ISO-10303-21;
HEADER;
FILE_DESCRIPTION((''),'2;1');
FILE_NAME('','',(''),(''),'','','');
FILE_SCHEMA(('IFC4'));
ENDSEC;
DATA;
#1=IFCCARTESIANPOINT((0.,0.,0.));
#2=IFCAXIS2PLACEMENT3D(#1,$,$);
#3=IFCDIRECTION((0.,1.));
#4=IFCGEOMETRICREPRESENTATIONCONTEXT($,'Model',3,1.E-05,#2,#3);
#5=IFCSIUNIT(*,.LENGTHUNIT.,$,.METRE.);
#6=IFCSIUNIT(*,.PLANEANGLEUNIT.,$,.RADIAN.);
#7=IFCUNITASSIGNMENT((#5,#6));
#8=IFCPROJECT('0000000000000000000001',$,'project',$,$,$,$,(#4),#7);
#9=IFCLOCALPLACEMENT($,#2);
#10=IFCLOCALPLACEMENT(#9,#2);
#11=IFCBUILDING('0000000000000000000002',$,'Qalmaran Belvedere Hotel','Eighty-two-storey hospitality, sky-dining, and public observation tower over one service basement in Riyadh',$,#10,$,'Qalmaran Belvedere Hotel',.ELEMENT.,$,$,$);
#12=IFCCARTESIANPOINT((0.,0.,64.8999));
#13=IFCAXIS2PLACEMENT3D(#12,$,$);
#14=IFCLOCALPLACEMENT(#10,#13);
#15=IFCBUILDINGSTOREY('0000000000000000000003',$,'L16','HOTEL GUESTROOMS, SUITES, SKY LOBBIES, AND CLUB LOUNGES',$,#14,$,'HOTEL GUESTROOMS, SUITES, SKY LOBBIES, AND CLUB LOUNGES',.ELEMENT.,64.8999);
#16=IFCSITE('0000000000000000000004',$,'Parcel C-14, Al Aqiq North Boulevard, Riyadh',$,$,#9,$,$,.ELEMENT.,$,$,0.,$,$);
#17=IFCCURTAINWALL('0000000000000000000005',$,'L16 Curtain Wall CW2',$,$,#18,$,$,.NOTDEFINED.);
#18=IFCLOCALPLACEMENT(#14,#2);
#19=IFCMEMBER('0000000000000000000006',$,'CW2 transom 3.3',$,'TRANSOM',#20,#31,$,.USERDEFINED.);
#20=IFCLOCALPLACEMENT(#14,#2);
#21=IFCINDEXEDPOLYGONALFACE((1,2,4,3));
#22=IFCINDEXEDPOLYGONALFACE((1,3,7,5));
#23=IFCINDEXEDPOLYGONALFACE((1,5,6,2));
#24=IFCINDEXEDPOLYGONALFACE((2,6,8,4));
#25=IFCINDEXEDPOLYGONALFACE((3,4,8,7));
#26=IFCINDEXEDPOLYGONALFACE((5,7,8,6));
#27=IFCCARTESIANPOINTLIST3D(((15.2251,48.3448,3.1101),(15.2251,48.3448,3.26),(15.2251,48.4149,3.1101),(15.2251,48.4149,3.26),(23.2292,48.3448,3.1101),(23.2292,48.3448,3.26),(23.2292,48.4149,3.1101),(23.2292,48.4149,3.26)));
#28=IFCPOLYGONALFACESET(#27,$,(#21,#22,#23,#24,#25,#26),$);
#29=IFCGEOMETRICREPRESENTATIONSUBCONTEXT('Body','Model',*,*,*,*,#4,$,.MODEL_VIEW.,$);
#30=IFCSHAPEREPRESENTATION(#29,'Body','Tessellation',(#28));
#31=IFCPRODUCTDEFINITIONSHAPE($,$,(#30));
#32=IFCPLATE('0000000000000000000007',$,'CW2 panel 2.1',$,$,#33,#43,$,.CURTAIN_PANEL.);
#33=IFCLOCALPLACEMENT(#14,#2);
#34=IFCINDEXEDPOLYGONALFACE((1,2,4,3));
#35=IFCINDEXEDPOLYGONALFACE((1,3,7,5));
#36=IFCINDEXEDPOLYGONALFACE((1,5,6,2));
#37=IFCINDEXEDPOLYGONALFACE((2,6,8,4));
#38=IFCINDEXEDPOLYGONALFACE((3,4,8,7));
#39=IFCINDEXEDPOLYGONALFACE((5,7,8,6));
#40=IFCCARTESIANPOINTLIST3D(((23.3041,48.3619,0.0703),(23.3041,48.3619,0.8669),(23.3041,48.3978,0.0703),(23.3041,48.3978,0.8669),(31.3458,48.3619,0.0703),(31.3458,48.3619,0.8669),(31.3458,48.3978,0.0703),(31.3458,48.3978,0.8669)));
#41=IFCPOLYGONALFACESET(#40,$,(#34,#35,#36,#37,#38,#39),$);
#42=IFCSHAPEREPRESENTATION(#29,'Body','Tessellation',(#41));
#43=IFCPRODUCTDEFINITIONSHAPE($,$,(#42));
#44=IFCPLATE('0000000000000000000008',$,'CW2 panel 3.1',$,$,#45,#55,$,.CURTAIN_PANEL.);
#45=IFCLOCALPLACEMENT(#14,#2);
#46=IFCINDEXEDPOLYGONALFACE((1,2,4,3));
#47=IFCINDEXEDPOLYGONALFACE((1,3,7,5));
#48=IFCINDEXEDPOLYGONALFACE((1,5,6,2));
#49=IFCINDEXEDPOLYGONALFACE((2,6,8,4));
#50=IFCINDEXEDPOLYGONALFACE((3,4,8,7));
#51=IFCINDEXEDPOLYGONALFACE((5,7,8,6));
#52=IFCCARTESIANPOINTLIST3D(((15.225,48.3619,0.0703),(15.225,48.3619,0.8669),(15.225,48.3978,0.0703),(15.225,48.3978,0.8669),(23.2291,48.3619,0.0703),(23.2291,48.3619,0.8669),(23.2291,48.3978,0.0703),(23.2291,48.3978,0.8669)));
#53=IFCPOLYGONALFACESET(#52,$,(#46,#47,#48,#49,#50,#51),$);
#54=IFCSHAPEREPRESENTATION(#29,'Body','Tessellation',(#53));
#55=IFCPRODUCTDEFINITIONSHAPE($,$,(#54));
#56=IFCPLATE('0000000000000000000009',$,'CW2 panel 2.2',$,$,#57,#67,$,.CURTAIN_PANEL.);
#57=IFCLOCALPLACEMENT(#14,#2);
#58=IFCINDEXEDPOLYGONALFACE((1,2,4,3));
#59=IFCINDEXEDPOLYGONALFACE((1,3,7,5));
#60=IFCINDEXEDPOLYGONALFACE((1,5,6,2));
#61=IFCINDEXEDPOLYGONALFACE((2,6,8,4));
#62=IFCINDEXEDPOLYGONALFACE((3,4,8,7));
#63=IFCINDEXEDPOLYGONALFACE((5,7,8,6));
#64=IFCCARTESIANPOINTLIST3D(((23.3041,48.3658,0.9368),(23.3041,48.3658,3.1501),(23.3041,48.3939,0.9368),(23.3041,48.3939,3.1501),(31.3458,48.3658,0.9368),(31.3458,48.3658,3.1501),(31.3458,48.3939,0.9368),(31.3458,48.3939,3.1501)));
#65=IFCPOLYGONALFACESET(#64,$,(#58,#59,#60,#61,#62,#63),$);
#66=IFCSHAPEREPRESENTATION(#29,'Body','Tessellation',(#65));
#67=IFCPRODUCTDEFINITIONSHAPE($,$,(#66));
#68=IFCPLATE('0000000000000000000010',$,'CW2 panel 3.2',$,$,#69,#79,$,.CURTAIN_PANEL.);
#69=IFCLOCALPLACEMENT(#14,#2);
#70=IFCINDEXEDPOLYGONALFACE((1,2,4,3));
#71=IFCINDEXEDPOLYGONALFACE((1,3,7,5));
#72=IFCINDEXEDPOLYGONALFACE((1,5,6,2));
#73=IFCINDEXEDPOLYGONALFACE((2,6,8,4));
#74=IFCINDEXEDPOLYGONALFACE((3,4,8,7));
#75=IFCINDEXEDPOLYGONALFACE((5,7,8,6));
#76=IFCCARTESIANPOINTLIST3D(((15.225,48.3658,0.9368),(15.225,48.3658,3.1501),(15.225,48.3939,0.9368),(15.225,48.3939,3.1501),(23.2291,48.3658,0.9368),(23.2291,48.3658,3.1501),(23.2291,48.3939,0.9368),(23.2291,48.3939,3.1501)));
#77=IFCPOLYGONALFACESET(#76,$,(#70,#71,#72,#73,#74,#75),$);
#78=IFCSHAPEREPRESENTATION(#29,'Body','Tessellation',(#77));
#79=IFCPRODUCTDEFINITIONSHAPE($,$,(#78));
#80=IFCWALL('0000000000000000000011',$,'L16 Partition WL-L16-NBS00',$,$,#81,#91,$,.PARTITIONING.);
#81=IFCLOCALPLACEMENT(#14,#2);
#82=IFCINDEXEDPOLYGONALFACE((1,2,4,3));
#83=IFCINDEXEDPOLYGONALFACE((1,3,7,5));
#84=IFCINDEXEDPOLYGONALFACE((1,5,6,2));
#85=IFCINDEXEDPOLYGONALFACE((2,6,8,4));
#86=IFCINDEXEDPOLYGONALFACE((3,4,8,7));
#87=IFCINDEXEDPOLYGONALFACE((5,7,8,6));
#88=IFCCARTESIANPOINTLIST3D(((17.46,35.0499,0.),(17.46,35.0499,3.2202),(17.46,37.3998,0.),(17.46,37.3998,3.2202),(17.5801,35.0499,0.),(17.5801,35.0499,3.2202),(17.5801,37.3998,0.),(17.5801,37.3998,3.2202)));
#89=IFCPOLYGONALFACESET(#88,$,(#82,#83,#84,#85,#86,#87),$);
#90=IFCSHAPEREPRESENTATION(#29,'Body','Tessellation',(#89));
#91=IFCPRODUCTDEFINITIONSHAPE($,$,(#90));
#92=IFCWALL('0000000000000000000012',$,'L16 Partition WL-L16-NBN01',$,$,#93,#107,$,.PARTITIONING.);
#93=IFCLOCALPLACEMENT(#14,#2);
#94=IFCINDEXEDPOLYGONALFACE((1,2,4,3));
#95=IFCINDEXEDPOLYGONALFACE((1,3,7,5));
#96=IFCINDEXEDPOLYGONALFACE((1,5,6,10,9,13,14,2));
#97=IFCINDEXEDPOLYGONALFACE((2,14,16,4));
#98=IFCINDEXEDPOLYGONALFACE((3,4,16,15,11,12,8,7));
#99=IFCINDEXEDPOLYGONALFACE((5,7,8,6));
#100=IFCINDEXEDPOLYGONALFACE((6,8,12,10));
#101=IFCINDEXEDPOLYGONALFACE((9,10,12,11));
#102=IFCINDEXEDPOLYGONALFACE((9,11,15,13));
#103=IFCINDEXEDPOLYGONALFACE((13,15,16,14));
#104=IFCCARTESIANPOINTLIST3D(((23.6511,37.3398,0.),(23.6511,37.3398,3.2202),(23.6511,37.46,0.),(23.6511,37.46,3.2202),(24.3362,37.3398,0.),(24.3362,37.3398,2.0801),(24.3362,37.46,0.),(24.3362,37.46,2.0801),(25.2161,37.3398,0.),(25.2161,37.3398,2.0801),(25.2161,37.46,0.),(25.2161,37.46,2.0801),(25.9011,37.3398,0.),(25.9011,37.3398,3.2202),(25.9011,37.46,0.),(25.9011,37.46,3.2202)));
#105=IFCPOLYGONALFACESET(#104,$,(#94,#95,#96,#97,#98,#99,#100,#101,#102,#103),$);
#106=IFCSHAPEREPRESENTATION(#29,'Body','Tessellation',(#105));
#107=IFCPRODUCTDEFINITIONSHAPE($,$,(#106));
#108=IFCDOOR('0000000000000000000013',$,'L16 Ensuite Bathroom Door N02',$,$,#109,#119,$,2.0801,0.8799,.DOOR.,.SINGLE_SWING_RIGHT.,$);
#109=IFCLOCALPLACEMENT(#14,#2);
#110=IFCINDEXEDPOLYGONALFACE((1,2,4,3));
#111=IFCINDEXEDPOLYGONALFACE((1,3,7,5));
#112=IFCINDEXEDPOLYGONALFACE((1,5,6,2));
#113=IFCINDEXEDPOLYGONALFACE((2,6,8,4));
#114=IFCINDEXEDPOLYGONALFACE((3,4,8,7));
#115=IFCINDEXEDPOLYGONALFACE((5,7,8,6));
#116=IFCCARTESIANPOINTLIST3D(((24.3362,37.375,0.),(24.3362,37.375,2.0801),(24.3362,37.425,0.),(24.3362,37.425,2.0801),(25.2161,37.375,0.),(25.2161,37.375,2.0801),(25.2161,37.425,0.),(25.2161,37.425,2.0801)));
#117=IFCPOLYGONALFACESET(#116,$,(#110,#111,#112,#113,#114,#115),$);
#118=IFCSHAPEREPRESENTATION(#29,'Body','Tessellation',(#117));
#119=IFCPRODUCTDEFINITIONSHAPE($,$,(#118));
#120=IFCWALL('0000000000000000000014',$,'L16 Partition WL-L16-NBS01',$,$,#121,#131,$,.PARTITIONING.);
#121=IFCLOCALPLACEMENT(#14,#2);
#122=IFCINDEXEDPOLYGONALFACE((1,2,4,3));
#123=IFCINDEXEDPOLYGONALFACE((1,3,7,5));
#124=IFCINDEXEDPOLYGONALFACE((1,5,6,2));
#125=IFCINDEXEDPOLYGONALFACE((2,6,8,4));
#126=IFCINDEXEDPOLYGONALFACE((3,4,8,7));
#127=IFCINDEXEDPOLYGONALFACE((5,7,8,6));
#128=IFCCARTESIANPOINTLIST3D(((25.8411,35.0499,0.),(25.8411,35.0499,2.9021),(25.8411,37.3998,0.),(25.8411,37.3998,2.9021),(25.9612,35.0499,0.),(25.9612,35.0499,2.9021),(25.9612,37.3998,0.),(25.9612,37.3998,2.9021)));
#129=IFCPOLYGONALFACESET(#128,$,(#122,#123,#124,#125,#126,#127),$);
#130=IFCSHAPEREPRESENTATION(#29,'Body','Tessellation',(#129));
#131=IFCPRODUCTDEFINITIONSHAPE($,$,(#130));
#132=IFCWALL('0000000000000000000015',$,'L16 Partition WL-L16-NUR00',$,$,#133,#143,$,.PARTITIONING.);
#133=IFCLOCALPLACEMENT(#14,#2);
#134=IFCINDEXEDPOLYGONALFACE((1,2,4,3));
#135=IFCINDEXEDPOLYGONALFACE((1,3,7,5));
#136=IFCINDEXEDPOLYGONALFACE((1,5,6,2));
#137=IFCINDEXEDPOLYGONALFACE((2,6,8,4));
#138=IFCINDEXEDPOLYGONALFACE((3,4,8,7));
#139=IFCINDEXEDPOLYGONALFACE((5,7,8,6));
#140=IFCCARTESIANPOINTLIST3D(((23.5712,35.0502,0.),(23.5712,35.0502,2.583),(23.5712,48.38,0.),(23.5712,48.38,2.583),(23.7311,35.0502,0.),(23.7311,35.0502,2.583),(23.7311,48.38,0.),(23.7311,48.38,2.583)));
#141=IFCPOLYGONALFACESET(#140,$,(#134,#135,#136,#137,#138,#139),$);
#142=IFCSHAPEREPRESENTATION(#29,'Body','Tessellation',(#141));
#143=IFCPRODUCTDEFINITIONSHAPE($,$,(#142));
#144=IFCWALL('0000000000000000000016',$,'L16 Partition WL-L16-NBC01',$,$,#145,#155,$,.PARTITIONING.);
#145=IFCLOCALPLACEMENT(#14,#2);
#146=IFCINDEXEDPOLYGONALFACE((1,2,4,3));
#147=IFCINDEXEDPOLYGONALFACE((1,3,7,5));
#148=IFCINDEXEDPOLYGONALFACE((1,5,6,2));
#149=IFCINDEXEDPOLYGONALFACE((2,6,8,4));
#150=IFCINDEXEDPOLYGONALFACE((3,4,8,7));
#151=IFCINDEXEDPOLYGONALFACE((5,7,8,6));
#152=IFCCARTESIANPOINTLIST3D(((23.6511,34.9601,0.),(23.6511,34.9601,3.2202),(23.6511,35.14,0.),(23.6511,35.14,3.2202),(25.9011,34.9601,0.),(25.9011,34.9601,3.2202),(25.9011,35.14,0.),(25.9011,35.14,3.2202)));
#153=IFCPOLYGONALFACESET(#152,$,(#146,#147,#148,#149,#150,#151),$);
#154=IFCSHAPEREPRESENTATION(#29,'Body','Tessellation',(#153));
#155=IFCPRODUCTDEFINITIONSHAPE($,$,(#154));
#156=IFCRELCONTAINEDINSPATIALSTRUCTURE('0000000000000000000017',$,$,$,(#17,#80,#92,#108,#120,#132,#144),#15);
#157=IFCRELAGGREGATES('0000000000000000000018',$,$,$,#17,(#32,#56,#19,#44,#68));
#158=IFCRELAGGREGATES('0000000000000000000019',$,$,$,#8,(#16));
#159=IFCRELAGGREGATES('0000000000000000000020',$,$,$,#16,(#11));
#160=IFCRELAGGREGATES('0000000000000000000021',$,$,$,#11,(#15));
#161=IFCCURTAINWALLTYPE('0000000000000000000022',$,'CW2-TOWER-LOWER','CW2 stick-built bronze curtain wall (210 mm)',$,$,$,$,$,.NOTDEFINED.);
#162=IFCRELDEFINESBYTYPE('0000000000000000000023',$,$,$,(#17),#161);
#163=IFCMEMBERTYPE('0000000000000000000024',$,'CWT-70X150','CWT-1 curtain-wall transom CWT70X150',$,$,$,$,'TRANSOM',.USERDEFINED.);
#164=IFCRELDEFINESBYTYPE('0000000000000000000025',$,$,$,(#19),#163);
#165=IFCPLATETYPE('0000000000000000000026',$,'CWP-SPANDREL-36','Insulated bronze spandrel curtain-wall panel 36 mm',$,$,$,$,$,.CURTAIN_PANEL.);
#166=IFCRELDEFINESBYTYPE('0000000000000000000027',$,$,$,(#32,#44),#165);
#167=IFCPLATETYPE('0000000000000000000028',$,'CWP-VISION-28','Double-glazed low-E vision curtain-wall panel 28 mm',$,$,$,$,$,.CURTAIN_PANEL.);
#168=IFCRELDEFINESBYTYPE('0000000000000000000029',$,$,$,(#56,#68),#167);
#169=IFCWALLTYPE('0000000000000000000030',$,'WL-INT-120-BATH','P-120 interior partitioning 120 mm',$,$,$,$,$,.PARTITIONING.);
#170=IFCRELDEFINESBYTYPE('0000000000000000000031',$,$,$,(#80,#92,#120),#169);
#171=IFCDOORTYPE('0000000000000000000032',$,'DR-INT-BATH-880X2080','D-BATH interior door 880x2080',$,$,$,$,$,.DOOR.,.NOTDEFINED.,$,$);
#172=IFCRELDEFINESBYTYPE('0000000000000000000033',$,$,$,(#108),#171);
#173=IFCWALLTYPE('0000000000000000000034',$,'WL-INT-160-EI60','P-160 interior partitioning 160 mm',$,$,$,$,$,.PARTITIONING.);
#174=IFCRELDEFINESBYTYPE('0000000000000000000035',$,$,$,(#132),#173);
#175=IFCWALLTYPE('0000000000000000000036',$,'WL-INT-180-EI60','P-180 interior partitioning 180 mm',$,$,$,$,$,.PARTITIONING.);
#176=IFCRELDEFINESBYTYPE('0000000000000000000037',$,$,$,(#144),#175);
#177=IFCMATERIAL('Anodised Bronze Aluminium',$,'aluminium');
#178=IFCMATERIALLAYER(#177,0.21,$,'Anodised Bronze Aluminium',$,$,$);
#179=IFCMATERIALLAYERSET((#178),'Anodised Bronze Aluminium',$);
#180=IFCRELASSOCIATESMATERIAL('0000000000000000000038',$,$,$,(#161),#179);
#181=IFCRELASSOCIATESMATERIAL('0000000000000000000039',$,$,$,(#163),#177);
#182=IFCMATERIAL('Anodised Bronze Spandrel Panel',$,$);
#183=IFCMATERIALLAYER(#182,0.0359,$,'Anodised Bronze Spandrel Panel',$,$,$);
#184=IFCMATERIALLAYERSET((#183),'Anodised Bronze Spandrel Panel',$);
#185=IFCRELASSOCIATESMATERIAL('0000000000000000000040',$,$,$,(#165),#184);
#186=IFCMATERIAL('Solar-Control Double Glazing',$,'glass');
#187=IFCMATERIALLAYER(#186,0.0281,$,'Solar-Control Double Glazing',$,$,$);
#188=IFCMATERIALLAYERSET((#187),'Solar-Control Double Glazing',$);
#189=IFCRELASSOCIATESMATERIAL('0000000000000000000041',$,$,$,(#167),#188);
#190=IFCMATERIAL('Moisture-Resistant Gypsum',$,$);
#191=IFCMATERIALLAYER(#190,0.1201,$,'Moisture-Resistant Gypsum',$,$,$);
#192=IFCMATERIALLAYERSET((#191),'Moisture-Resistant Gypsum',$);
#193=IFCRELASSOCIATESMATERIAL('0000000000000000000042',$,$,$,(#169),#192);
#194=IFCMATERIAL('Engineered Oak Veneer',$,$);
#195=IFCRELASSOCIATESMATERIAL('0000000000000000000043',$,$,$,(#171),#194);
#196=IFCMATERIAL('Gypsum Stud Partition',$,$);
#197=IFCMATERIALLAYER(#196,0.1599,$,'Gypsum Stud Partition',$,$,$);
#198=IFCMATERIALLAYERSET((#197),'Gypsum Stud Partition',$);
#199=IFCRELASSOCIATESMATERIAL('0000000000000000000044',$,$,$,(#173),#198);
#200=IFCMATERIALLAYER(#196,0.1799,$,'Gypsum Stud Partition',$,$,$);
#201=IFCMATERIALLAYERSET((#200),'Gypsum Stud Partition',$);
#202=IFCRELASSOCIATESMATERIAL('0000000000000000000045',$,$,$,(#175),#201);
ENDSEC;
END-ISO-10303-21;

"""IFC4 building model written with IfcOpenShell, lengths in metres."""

from ifc_helpers import new_model, si_unit, direction, frame, frame_2d, origin, origin_2d, place, context, subcontext, project, spatial, rectangle, extrude, material, layer, layer_set, material_profile, profile_set, type_object, element, fill, aggregate, save


model = new_model("IFC4")

# Units and contexts
model_context = context("Model", 3, precision=1e-05, world=origin(), true_north=direction((0.0, 1.0)))
body_context = subcontext(model_context, "Body", "Model", "MODEL_VIEW")
ifc_project = project(units=[si_unit("LENGTHUNIT", "METRE"), si_unit("PLANEANGLEUNIT", "RADIAN")], contexts=[model_context])

# Site, building, storey
site_placement = place(None, origin())
site = spatial("IfcSite", under=ifc_project, at=site_placement, Name="Parcel C-14, Al Aqiq North Boulevard, Riyadh", CompositionType="ELEMENT", RefElevation=0.0)
building_placement = place(site_placement, origin())
building = spatial("IfcBuilding", under=site, at=building_placement, Name="Qalmaran Belvedere Hotel", Description="Eighty-two-storey hospitality, sky-dining, and public observation tower over one service basement in Riyadh", LongName="Qalmaran Belvedere Hotel", CompositionType="ELEMENT")
storey_placement = place(building_placement, frame((0.0, 0.0, 64.8999)))
storey = spatial("IfcBuildingStorey", under=building, at=storey_placement, Name="L16", Description="HOTEL GUESTROOMS, SUITES, SKY LOBBIES, AND CLUB LOUNGES", LongName="HOTEL GUESTROOMS, SUITES, SKY LOBBIES, AND CLUB LOUNGES", CompositionType="ELEMENT", Elevation=64.8999)

# Curtain wall, member, plates
ifc_material_1 = material(Name="Anodised Bronze Aluminium", Category="aluminium")
ifc_layer_1 = layer(ifc_material_1, 0.21, Name="Anodised Bronze Aluminium")
ifc_layer_set_1 = layer_set([ifc_layer_1], Name="Anodised Bronze Aluminium")
curtain_wall_type = type_object("IfcCurtainWallType", Name="CW2-TOWER-LOWER", Description="CW2 stick-built bronze curtain wall (210 mm)", PredefinedType="NOTDEFINED", material=ifc_layer_set_1)
curtain_wall_placement = place(storey_placement, origin())
curtain_wall = element("IfcCurtainWall", 1, at=curtain_wall_placement, inside=storey, type_object=curtain_wall_type, Name="L16 Curtain Wall CW2", PredefinedType="NOTDEFINED")
ifc_material_profile_1 = material_profile(ifc_material_1, rectangle(XDim=0.0701, YDim=0.1499, at=origin_2d()), Name="CWT70X150")
ifc_profile_set_1 = profile_set([ifc_material_profile_1], Name="Anodised Bronze Aluminium")
member_type_1 = type_object("IfcMemberType", Name="CWT-70X150", Description="CWT-1 curtain-wall transom CWT70X150", ElementType="TRANSOM", PredefinedType="USERDEFINED", material=ifc_profile_set_1)
member_1_placement = place(storey_placement, frame((23.2292, 48.3799, 3.1851), z_axis=(-1.0, 0.0, 0.0), x_axis=(0.0, -1.0, 0.0)))
member_1 = element("IfcMember", 2, at=member_1_placement, type_object=member_type_1, Name="CW2 transom 3.3", ObjectType="TRANSOM", PredefinedType="USERDEFINED", context=body_context, shape_type="SweptSolid", body=[
    extrude(rectangle(XDim=0.0701, YDim=0.1499, at=origin_2d()), origin(), (0.0, 0.0, 1.0), 8.0042),
])
ifc_material_2 = material(Name="Anodised Bronze Spandrel Panel")
ifc_layer_2 = layer(ifc_material_2, 0.0359, Name="Anodised Bronze Spandrel Panel")
ifc_layer_set_2 = layer_set([ifc_layer_2], Name="Anodised Bronze Spandrel Panel")
plate_type_1 = type_object("IfcPlateType", Name="CWP-SPANDREL-36", Description="Insulated bronze spandrel curtain-wall panel 36 mm", PredefinedType="CURTAIN_PANEL", material=ifc_layer_set_2)
plate_1_placement = place(storey_placement, frame((27.325, 48.3799, 0.0703), z_axis=(0.0, 0.0, 1.0), x_axis=(-1.0, 0.0, 0.0)))
plate_1 = element("IfcPlate", 3, at=plate_1_placement, type_object=plate_type_1, Name="CW2 panel 2.1", PredefinedType="CURTAIN_PANEL", context=body_context, shape_type="SweptSolid", body=[
    extrude(rectangle(XDim=8.0417, YDim=0.0359, at=origin_2d()), origin(), (0.0, 0.0, 1.0), 0.7966),
])
plate_2_placement = place(storey_placement, frame((19.2271, 48.3799, 0.0703), z_axis=(0.0, 0.0, 1.0), x_axis=(-1.0, 0.0, 0.0)))
plate_2 = element("IfcPlate", 4, at=plate_2_placement, type_object=plate_type_1, Name="CW2 panel 3.1", PredefinedType="CURTAIN_PANEL", context=body_context, shape_type="SweptSolid", body=[
    extrude(rectangle(XDim=8.0042, YDim=0.0359, at=origin_2d()), origin(), (0.0, 0.0, 1.0), 0.7966),
])
ifc_material_3 = material(Name="Solar-Control Double Glazing", Category="glass")
ifc_layer_3 = layer(ifc_material_3, 0.0281, Name="Solar-Control Double Glazing")
ifc_layer_set_3 = layer_set([ifc_layer_3], Name="Solar-Control Double Glazing")
plate_type_2 = type_object("IfcPlateType", Name="CWP-VISION-28", Description="Double-glazed low-E vision curtain-wall panel 28 mm", PredefinedType="CURTAIN_PANEL", material=ifc_layer_set_3)
plate_3_placement = place(storey_placement, frame((27.325, 48.3799, 0.9368), z_axis=(0.0, 0.0, 1.0), x_axis=(-1.0, 0.0, 0.0)))
plate_3 = element("IfcPlate", 5, at=plate_3_placement, type_object=plate_type_2, Name="CW2 panel 2.2", PredefinedType="CURTAIN_PANEL", context=body_context, shape_type="SweptSolid", body=[
    extrude(rectangle(XDim=8.0417, YDim=0.0281, at=origin_2d()), origin(), (0.0, 0.0, 1.0), 2.2134),
])
plate_4_placement = place(storey_placement, frame((19.2271, 48.3799, 0.9368), z_axis=(0.0, 0.0, 1.0), x_axis=(-1.0, 0.0, 0.0)))
plate_4 = element("IfcPlate", 6, at=plate_4_placement, type_object=plate_type_2, Name="CW2 panel 3.2", PredefinedType="CURTAIN_PANEL", context=body_context, shape_type="SweptSolid", body=[
    extrude(rectangle(XDim=8.0042, YDim=0.0281, at=origin_2d()), origin(), (0.0, 0.0, 1.0), 2.2134),
])
aggregate(curtain_wall, [plate_1, plate_3, member_1, plate_2, plate_4])

# Wall
ifc_material_4 = material(Name="Moisture-Resistant Gypsum")
ifc_layer_4 = layer(ifc_material_4, 0.1201, Name="Moisture-Resistant Gypsum")
ifc_layer_set_4 = layer_set([ifc_layer_4], Name="Moisture-Resistant Gypsum")
wall_type_1 = type_object("IfcWallType", Name="WL-INT-120-BATH", Description="P-120 interior partitioning 120 mm", PredefinedType="PARTITIONING", material=ifc_layer_set_4)
wall_1_placement = place(storey_placement, frame((17.52, 35.05, 0.0), z_axis=(0.0, 0.0, 1.0), x_axis=(0.0, 1.0, 0.0)))
element("IfcWall", 7, at=wall_1_placement, inside=storey, type_object=wall_type_1, Name="L16 Partition WL-L16-NBS00", PredefinedType="PARTITIONING", context=body_context, shape_type="SweptSolid", body=[
    extrude(rectangle(XDim=2.3499, YDim=0.1201, at=frame_2d((1.1748, 0.0))), origin(), (0.0, 0.0, 1.0), 3.2202),
])

# Wall, opening, door
wall_2_placement = place(storey_placement, frame((23.6511, 37.3999, 0.0), z_axis=(0.0, 0.0, 1.0), x_axis=(1.0, 0.0, 0.0)))
wall_2 = element("IfcWall", 8, at=wall_2_placement, inside=storey, type_object=wall_type_1, Name="L16 Partition WL-L16-NBN01", PredefinedType="PARTITIONING", context=body_context, shape_type="SweptSolid", body=[
    extrude(rectangle(XDim=2.25, YDim=0.1201, at=frame_2d((1.125, 0.0))), origin(), (0.0, 0.0, 1.0), 3.2202),
])
opening_1_placement = place(wall_2_placement, frame((1.5649, 0.0, 0.0), z_axis=(0.0, 0.0, 1.0), x_axis=(-1.0, 0.0, 0.0)))
opening_1 = element("IfcOpeningElement", 9, at=opening_1_placement, cuts=wall_2, PredefinedType="OPENING", context=body_context, shape_type="SweptSolid", body=[
    extrude(rectangle(XDim=0.8799, YDim=2.0801, at=frame_2d((0.4399, 1.04))), frame((0.0, 0.0701, 0.0), z_axis=(0.0, -1.0, 0.0), x_axis=(1.0, 0.0, 0.0)), (0.0, 0.0, 1.0), 0.1401),
])
ifc_material_5 = material(Name="Engineered Oak Veneer")
door_type_1 = type_object("IfcDoorType", Name="DR-INT-BATH-880X2080", Description="D-BATH interior door 880x2080", OperationType="NOTDEFINED", PredefinedType="DOOR", material=ifc_material_5)
door_1_placement = place(opening_1_placement, origin())
door_1 = element("IfcDoor", 10, at=door_1_placement, inside=storey, type_object=door_type_1, Name="L16 Ensuite Bathroom Door N02", OperationType="SINGLE_SWING_RIGHT", OverallHeight=2.0801, OverallWidth=0.8799, PredefinedType="DOOR", context=body_context, shape_type="SweptSolid", body=[
    extrude(rectangle(XDim=0.8799, YDim=2.0801, at=frame_2d((0.4399, 1.04))), frame((0.0, 0.0249, 0.0), z_axis=(0.0, -1.0, 0.0), x_axis=(1.0, 0.0, 0.0)), (0.0, 0.0, 1.0), 0.05),
])
fill(opening_1, door_1)

# Walls
wall_3_placement = place(storey_placement, frame((25.9011, 35.05, 0.0), z_axis=(0.0, 0.0, 1.0), x_axis=(0.0, 1.0, 0.0)))
element("IfcWall", 11, at=wall_3_placement, inside=storey, type_object=wall_type_1, Name="L16 Partition WL-L16-NBS01", PredefinedType="PARTITIONING", context=body_context, shape_type="SweptSolid", body=[
    extrude(rectangle(XDim=2.3499, YDim=0.1201, at=frame_2d((1.1748, 0.0))), origin(), (0.0, 0.0, 1.0), 2.9021),
])
ifc_material_6 = material(Name="Gypsum Stud Partition")
ifc_layer_5 = layer(ifc_material_6, 0.1599, Name="Gypsum Stud Partition")
ifc_layer_set_5 = layer_set([ifc_layer_5], Name="Gypsum Stud Partition")
wall_type_2 = type_object("IfcWallType", Name="WL-INT-160-EI60", Description="P-160 interior partitioning 160 mm", PredefinedType="PARTITIONING", material=ifc_layer_set_5)
wall_4_placement = place(storey_placement, frame((23.6511, 35.05, 0.0), z_axis=(0.0, 0.0, 1.0), x_axis=(0.0, 1.0, 0.0)))
element("IfcWall", 12, at=wall_4_placement, inside=storey, type_object=wall_type_2, Name="L16 Partition WL-L16-NUR00", PredefinedType="PARTITIONING", context=body_context, shape_type="SweptSolid", body=[
    extrude(rectangle(XDim=13.3298, YDim=0.1599, at=frame_2d((6.665, 0.0))), origin(), (0.0, 0.0, 1.0), 2.583),
])

# Shared definitions
ifc_layer_6 = layer(ifc_material_6, 0.1799, Name="Gypsum Stud Partition")
ifc_layer_set_6 = layer_set([ifc_layer_6], Name="Gypsum Stud Partition")
wall_type_3 = type_object("IfcWallType", Name="WL-INT-180-EI60", Description="P-180 interior partitioning 180 mm", PredefinedType="PARTITIONING", material=ifc_layer_set_6)

# Wall
wall_5_placement = place(storey_placement, frame((23.6511, 35.05, 0.0), z_axis=(0.0, 0.0, 1.0), x_axis=(1.0, 0.0, 0.0)))
element("IfcWall", 13, at=wall_5_placement, inside=storey, type_object=wall_type_3, Name="L16 Partition WL-L16-NBC01", PredefinedType="PARTITIONING", context=body_context, shape_type="SweptSolid", body=[
    extrude(rectangle(XDim=2.25, YDim=0.1799, at=frame_2d((1.125, 0.0))), origin(), (0.0, 0.0, 1.0), 3.2202),
])

save(model, "model.ifc")
